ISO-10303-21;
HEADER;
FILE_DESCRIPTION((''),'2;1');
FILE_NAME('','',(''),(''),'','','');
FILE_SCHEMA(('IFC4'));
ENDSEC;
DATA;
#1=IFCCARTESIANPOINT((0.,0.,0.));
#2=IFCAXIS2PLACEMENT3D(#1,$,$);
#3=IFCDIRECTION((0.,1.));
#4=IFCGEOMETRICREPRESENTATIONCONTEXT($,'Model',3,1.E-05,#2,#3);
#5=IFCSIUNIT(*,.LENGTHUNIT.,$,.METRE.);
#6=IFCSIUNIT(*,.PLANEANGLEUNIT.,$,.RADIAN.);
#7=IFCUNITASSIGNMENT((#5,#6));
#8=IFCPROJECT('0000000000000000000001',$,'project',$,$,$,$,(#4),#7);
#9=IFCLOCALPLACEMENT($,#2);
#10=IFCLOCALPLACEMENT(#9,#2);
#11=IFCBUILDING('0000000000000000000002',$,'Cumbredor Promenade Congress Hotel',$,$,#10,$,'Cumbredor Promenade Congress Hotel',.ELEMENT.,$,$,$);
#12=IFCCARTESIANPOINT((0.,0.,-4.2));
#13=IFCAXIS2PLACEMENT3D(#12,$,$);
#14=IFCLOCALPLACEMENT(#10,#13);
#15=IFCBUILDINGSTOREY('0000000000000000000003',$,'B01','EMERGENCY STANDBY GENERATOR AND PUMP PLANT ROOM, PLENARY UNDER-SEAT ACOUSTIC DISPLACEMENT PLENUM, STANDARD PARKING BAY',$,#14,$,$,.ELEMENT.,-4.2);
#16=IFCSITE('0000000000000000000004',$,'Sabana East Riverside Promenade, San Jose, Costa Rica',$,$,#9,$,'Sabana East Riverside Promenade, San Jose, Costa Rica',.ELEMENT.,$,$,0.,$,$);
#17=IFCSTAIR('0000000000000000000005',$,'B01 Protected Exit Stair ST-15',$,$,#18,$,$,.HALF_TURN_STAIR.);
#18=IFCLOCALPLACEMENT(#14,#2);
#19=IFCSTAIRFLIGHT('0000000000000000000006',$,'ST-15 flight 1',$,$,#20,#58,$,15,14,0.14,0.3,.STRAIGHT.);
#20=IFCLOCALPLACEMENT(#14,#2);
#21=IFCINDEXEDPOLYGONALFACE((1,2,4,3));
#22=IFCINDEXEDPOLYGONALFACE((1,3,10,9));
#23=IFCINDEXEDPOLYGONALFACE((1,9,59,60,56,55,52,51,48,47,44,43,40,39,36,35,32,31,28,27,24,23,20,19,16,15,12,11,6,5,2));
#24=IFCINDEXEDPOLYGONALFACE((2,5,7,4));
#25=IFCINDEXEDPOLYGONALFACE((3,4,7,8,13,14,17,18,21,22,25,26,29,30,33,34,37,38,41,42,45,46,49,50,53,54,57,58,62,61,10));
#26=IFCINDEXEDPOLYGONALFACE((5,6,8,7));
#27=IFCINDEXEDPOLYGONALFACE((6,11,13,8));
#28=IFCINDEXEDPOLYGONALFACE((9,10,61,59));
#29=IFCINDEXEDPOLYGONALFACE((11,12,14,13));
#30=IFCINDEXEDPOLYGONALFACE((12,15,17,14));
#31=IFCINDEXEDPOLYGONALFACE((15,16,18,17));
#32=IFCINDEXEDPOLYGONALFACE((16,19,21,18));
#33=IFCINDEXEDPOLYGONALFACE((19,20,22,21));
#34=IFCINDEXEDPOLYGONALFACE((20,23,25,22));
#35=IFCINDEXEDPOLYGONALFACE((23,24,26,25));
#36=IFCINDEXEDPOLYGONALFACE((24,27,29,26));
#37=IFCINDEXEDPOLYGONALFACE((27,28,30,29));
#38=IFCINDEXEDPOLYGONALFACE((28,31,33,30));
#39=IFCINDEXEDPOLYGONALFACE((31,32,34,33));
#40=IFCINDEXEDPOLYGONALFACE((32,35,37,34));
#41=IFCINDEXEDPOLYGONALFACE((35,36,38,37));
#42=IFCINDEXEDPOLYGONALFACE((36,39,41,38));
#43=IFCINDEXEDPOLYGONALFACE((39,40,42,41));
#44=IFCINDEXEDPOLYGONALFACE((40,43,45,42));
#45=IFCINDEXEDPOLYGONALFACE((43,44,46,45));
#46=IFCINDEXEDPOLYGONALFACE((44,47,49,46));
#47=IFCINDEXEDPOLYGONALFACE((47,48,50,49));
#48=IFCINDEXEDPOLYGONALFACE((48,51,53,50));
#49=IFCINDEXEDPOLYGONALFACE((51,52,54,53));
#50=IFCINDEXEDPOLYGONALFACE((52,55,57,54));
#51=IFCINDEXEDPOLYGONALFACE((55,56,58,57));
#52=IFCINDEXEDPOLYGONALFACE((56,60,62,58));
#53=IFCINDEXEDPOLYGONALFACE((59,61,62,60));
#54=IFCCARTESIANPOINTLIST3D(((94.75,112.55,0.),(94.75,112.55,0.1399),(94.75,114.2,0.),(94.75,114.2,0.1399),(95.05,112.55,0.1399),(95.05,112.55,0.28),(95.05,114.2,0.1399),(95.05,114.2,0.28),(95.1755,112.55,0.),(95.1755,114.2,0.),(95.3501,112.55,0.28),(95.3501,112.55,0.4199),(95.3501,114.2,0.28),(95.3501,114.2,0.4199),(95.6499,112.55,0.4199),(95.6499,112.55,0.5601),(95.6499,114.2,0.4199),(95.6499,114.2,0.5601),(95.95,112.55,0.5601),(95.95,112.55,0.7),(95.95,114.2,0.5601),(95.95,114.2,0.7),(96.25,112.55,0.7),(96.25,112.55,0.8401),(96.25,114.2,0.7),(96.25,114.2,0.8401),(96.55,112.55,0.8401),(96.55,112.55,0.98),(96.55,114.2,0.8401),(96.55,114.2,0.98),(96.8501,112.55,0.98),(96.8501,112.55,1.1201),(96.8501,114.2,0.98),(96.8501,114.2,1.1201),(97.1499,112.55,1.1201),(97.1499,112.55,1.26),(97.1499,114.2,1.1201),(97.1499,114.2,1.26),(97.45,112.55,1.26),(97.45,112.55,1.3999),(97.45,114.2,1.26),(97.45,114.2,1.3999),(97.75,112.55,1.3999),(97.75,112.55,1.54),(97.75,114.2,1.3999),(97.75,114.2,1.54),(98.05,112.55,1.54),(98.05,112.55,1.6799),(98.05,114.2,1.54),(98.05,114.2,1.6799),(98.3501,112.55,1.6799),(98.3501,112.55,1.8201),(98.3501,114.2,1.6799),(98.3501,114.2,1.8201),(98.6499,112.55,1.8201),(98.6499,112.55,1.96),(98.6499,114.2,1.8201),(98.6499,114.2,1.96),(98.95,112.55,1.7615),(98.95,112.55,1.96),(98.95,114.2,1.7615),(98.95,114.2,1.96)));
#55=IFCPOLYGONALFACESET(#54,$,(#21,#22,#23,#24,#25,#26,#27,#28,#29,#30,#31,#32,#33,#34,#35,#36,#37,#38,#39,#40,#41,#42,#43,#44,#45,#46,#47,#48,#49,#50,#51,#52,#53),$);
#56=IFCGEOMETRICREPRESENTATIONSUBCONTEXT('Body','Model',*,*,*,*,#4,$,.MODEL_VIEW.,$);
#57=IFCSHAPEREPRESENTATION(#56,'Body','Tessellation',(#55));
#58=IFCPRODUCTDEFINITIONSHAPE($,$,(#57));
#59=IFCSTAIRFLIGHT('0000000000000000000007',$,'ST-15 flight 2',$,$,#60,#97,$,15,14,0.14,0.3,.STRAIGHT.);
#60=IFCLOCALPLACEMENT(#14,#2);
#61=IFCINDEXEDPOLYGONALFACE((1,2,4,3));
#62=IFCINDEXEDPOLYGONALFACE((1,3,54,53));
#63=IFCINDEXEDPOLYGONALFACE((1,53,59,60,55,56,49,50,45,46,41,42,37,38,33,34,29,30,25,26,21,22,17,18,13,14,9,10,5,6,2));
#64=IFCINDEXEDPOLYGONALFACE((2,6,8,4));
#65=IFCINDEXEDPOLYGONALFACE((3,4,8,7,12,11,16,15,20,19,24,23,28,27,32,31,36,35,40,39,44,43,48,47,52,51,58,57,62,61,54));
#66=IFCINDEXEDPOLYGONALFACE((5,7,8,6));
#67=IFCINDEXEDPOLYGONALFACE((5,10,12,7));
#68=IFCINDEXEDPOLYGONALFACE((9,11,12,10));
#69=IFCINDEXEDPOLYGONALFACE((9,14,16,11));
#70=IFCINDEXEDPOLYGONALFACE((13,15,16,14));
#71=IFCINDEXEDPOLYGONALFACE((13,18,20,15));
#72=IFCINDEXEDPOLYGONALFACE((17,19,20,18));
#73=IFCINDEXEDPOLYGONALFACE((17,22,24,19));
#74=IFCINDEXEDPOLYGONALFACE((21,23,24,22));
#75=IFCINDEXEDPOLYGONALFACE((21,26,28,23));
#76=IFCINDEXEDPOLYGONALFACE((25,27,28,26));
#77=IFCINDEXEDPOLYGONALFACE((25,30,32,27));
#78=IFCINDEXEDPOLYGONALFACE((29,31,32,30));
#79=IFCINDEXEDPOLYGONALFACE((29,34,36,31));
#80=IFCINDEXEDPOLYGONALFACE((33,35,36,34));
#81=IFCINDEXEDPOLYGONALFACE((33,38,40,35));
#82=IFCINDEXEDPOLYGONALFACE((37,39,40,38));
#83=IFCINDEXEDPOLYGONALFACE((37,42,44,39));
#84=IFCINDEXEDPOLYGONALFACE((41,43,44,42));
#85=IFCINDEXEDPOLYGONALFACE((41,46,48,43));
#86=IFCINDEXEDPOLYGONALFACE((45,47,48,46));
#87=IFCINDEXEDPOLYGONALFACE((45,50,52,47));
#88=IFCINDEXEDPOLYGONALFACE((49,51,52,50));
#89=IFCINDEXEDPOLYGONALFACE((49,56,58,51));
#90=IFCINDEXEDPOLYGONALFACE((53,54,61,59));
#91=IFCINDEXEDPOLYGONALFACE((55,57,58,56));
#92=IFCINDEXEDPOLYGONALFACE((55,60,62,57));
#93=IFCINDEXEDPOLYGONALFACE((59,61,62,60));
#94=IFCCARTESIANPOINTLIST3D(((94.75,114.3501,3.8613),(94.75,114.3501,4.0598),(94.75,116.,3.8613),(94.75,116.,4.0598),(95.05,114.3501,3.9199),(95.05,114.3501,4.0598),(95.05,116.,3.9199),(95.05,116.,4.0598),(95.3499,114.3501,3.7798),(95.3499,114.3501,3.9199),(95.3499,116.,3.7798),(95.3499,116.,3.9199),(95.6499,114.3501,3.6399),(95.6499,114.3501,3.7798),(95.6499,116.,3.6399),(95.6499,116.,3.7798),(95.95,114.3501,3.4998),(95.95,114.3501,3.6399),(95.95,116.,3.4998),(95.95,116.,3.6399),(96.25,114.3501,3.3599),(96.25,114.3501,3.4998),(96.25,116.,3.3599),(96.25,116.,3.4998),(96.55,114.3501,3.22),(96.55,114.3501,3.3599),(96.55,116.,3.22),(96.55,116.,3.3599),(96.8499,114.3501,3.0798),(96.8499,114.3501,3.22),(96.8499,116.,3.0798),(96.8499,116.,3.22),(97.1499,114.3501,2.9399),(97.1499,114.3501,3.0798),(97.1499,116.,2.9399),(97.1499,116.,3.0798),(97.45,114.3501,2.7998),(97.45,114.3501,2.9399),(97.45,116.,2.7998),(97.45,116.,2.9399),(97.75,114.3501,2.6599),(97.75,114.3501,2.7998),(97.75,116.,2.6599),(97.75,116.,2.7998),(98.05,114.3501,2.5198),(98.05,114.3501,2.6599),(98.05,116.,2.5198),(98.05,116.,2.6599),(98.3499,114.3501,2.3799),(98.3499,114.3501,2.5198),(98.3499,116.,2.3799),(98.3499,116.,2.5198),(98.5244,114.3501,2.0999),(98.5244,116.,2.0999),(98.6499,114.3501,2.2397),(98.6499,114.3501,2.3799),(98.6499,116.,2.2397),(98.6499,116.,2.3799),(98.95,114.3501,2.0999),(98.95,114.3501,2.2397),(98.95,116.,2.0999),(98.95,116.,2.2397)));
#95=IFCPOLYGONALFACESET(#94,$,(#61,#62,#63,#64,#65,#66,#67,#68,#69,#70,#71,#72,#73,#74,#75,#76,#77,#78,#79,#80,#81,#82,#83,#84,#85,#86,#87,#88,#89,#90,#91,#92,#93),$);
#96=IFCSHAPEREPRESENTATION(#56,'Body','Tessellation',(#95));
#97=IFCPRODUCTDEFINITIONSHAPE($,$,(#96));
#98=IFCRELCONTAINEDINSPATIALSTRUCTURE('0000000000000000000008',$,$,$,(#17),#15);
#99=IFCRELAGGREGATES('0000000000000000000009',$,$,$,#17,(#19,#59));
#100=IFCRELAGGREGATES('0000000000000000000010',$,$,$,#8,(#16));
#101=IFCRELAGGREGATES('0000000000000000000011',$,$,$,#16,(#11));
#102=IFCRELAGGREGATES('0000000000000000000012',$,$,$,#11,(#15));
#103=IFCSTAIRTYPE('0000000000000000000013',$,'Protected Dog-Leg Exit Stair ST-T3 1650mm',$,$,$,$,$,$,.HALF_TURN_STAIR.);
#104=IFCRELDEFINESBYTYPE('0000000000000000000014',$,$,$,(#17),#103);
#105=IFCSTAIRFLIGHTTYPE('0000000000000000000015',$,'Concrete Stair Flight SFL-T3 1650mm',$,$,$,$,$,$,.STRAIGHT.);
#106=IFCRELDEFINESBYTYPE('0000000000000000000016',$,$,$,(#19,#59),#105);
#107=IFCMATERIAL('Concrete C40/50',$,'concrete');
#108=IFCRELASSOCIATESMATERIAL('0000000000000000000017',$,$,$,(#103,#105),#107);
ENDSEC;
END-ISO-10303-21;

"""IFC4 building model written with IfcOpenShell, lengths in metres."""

from ifc_helpers import new_model, si_unit, direction, frame, origin, place, context, subcontext, project, spatial, polyline, outline, extrude, material, type_object, element, aggregate, save


model = new_model("IFC4")

# Units and contexts
model_context = context("Model", 3, precision=1e-05, world=origin(), true_north=direction((0.0, 1.0)))
body_context = subcontext(model_context, "Body", "Model", "MODEL_VIEW")
ifc_project = project(units=[si_unit("LENGTHUNIT", "METRE"), si_unit("PLANEANGLEUNIT", "RADIAN")], contexts=[model_context])

# Site, building, storey
site_placement = place(None, origin())
site = spatial("IfcSite", under=ifc_project, at=site_placement, Name="Sabana East Riverside Promenade, San Jose, Costa Rica", LongName="Sabana East Riverside Promenade, San Jose, Costa Rica", CompositionType="ELEMENT", RefElevation=0.0)
building_placement = place(site_placement, origin())
building = spatial("IfcBuilding", under=site, at=building_placement, Name="Cumbredor Promenade Congress Hotel", LongName="Cumbredor Promenade Congress Hotel", CompositionType="ELEMENT")
storey_placement = place(building_placement, frame((0.0, 0.0, -4.2)))
storey = spatial("IfcBuildingStorey", under=building, at=storey_placement, Name="B01", Description="EMERGENCY STANDBY GENERATOR AND PUMP PLANT ROOM, PLENARY UNDER-SEAT ACOUSTIC DISPLACEMENT PLENUM, STANDARD PARKING BAY", CompositionType="ELEMENT", Elevation=-4.2)

# Shared definitions
ifc_material_1 = material(Name="Concrete C40/50", Category="concrete")

# Stair, stair flights
stair_type = type_object("IfcStairType", Name="Protected Dog-Leg Exit Stair ST-T3 1650mm", PredefinedType="HALF_TURN_STAIR", material=ifc_material_1)
stair_placement = place(storey_placement, origin())
stair = element("IfcStair", 1, at=stair_placement, inside=storey, type_object=stair_type, Name="B01 Protected Exit Stair ST-15", PredefinedType="HALF_TURN_STAIR")
stair_flight_type = type_object("IfcStairFlightType", Name="Concrete Stair Flight SFL-T3 1650mm", PredefinedType="STRAIGHT", material=ifc_material_1)
stair_flight_1_placement = place(storey_placement, frame((94.75, 113.375, 0.0), z_axis=(0.0, 0.0, 1.0), x_axis=(1.0, 0.0, 0.0)))
stair_flight_1 = element("IfcStairFlight", 2, at=stair_flight_1_placement, type_object=stair_flight_type, Name="ST-15 flight 1", NumberOfRisers=15, NumberOfTreads=14, PredefinedType="STRAIGHT", RiserHeight=0.14, TreadLength=0.3, context=body_context, shape_type="SweptSolid", body=[
    extrude(outline(polyline([(0.0, 0.0), (0.0, 0.1399), (0.3, 0.1399), (0.3, 0.28), (0.6001, 0.28), (0.6001, 0.4199), (0.8999, 0.4199), (0.8999, 0.5601), (1.2, 0.5601), (1.2, 0.7), (1.5, 0.7), (1.5, 0.8401), (1.8, 0.8401), (1.8, 0.98), (2.1001, 0.98), (2.1001, 1.1201), (2.3999, 1.1201), (2.3999, 1.26), (2.7, 1.26), (2.7, 1.3999), (3.0, 1.3999), (3.0, 1.54), (3.3, 1.54), (3.3, 1.6799), (3.6001, 1.6799), (3.6001, 1.8201), (3.8999, 1.8201), (3.8999, 1.96), (4.2, 1.96), (4.2, 2.1001), (4.2, 1.7615), (0.4255, 0.0), (0.0, 0.0)])), frame((0.0, 0.825, 0.0), z_axis=(0.0, -1.0, 0.0), x_axis=(1.0, 0.0, 0.0)), (0.0, 0.0, 1.0), 1.6499),
])
stair_flight_2_placement = place(storey_placement, frame((98.95, 115.175, 2.0999), z_axis=(0.0, 0.0, 1.0), x_axis=(-1.0, 0.0, 0.0)))
stair_flight_2 = element("IfcStairFlight", 3, at=stair_flight_2_placement, type_object=stair_flight_type, Name="ST-15 flight 2", NumberOfRisers=15, NumberOfTreads=14, PredefinedType="STRAIGHT", RiserHeight=0.14, TreadLength=0.3, context=body_context, shape_type="SweptSolid", body=[
    extrude(outline(polyline([(0.0, 0.0), (0.0, 0.1399), (0.3, 0.1399), (0.3, 0.28), (0.6001, 0.28), (0.6001, 0.4199), (0.8999, 0.4199), (0.8999, 0.5601), (1.2, 0.5601), (1.2, 0.7), (1.5, 0.7), (1.5, 0.8401), (1.8, 0.8401), (1.8, 0.98), (2.1001, 0.98), (2.1001, 1.1201), (2.3999, 1.1201), (2.3999, 1.26), (2.7, 1.26), (2.7, 1.3999), (3.0, 1.3999), (3.0, 1.54), (3.3, 1.54), (3.3, 1.6799), (3.6001, 1.6799), (3.6001, 1.8201), (3.8999, 1.8201), (3.8999, 1.96), (4.2, 1.96), (4.2, 2.1001), (4.2, 1.7615), (0.4255, 0.0), (0.0, 0.0)])), frame((0.0, 0.825, 0.0), z_axis=(0.0, -1.0, 0.0), x_axis=(1.0, 0.0, 0.0)), (0.0, 0.0, 1.0), 1.6499),
])
aggregate(stair, [stair_flight_1, stair_flight_2])

save(model, "model.ifc")
